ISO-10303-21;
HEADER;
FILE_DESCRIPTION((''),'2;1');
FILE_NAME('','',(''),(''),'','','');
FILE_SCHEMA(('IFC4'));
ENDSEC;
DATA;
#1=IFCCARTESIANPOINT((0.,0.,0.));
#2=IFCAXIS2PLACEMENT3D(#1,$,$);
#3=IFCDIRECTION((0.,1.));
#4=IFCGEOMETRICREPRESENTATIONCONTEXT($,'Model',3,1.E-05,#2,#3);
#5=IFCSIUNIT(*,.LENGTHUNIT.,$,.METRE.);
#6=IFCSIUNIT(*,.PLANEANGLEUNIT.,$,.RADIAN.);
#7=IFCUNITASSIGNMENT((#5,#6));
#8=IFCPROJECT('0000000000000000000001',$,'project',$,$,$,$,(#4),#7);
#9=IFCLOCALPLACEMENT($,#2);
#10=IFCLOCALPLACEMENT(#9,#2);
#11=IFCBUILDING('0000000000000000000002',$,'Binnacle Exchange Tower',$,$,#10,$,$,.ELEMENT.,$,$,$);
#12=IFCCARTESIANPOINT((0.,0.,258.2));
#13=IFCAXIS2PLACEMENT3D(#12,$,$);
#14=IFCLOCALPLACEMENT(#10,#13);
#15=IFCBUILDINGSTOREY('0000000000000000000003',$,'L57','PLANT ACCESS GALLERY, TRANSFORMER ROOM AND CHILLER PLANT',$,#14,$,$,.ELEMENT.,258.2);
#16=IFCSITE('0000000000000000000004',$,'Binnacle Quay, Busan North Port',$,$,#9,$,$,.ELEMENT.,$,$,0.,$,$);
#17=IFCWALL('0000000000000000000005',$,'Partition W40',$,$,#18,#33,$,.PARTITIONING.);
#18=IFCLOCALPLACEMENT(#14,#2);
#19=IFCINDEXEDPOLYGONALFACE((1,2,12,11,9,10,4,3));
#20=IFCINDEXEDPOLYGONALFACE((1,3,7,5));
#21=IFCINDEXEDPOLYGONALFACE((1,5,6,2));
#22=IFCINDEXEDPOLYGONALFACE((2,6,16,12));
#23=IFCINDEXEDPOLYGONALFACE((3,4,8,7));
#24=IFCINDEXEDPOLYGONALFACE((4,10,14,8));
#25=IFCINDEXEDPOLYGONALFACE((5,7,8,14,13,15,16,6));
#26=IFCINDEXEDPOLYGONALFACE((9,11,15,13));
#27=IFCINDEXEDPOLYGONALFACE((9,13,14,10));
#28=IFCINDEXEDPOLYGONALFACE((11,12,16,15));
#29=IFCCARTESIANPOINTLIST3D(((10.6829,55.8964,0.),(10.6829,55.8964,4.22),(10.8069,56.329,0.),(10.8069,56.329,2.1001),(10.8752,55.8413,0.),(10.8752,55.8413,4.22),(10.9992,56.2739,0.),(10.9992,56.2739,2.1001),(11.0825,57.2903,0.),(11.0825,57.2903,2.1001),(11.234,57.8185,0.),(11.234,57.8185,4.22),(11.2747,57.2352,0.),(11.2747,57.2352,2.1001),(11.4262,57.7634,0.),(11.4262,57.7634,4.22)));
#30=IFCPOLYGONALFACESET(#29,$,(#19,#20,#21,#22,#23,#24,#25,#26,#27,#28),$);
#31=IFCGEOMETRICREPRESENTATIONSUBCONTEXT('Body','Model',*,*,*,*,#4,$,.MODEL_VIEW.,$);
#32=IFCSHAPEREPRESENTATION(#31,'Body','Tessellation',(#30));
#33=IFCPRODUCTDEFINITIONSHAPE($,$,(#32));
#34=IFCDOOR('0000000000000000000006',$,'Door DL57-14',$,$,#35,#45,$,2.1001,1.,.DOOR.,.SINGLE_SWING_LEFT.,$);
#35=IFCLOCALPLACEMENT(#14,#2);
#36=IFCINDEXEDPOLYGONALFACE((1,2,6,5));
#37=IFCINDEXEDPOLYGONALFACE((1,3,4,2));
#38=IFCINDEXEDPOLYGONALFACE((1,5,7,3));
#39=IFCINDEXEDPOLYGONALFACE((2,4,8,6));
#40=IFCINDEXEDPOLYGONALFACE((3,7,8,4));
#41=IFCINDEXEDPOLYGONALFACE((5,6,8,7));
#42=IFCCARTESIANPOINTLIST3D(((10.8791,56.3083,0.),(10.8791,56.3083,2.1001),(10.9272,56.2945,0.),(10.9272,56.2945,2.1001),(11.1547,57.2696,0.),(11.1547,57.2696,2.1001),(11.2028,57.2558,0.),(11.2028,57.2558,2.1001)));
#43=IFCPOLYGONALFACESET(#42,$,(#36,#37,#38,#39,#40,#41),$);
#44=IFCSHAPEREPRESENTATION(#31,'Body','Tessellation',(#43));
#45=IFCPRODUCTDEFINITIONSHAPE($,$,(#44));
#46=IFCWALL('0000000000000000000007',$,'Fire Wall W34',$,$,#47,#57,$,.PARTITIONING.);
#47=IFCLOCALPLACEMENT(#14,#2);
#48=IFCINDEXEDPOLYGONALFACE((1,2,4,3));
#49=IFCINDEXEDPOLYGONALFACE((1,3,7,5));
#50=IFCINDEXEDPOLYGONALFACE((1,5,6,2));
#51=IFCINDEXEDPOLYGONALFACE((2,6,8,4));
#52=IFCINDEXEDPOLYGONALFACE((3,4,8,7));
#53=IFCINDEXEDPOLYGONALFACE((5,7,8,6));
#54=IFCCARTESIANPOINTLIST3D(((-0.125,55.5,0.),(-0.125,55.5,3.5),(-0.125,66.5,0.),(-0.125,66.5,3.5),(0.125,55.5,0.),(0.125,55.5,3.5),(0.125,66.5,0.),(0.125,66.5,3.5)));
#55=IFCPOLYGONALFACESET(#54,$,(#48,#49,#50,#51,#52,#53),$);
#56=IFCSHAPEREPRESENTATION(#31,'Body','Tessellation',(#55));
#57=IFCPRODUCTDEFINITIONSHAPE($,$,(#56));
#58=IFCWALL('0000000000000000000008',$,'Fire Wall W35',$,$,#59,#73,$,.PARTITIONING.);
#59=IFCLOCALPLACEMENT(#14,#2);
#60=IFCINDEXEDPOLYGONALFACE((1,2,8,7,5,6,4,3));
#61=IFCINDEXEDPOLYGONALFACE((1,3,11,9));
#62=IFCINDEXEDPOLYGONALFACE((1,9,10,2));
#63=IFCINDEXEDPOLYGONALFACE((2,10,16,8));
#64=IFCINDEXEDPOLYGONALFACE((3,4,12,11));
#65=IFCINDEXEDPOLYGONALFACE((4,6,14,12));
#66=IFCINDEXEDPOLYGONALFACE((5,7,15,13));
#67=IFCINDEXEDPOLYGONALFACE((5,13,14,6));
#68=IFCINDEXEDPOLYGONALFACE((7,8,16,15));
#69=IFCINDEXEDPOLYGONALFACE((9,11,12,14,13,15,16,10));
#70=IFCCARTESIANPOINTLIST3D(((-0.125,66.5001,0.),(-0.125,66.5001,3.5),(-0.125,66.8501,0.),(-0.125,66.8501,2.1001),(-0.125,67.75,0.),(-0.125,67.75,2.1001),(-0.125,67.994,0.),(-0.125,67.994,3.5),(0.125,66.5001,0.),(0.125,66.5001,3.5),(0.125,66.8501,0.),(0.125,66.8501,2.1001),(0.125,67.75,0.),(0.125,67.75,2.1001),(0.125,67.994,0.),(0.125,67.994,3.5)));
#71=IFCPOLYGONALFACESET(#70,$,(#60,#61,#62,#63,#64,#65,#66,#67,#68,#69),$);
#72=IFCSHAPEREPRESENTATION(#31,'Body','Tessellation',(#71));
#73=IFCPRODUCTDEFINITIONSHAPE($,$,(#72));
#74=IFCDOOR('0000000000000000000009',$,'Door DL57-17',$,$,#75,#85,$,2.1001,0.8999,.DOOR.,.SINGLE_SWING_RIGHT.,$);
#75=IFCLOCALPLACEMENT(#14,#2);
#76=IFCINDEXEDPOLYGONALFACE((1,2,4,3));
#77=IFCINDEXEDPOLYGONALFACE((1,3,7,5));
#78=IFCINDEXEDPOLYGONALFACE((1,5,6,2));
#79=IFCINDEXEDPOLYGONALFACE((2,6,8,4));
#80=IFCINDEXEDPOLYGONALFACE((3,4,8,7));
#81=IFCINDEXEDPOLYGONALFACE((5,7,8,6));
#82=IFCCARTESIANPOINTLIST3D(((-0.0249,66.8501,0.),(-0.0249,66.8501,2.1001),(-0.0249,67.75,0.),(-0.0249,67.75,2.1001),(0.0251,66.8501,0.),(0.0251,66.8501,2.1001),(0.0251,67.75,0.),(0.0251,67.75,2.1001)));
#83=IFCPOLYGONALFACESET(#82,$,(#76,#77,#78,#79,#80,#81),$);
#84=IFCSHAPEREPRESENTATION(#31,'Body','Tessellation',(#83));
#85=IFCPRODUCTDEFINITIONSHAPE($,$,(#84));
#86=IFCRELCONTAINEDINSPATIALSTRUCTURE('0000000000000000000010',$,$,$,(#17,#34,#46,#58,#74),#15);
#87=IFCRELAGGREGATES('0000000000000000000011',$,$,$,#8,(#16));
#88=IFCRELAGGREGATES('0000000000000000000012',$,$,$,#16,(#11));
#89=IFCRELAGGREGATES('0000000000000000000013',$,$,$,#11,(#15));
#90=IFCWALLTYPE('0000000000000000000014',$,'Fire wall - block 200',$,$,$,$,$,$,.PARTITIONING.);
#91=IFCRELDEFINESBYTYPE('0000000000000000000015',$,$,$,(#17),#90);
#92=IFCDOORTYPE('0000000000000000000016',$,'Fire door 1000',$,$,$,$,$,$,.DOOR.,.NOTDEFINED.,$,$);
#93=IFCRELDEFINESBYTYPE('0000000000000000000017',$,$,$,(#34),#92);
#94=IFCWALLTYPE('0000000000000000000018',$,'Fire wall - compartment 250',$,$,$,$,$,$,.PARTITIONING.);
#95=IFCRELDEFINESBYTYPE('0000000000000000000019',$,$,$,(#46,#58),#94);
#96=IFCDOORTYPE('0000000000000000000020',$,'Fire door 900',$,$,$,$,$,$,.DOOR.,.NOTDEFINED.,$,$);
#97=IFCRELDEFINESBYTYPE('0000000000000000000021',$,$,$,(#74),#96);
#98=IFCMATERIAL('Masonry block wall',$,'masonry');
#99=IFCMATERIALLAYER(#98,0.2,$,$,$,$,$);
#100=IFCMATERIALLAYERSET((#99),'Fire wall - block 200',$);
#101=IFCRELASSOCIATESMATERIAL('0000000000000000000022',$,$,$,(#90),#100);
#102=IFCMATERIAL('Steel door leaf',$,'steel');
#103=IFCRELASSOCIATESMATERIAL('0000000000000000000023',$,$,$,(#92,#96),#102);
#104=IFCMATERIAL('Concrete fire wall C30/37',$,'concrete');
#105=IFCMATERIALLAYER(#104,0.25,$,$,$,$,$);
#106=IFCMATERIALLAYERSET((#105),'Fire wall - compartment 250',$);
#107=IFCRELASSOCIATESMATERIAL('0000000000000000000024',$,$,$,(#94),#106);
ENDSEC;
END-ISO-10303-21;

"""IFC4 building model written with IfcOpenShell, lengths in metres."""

from ifc_helpers import new_model, si_unit, direction, frame, frame_2d, origin, place, context, subcontext, project, spatial, rectangle, extrude, material, layer, layer_set, type_object, element, fill, save


model = new_model("IFC4")

# Units and contexts
model_context = context("Model", 3, precision=1e-05, world=origin(), true_north=direction((0.0, 1.0)))
body_context = subcontext(model_context, "Body", "Model", "MODEL_VIEW")
ifc_project = project(units=[si_unit("LENGTHUNIT", "METRE"), si_unit("PLANEANGLEUNIT", "RADIAN")], contexts=[model_context])

# Site, building, storey
site_placement = place(None, origin())
site = spatial("IfcSite", under=ifc_project, at=site_placement, Name="Binnacle Quay, Busan North Port", CompositionType="ELEMENT", RefElevation=0.0)
building_placement = place(site_placement, origin())
building = spatial("IfcBuilding", under=site, at=building_placement, Name="Binnacle Exchange Tower", CompositionType="ELEMENT")
storey_placement = place(building_placement, frame((0.0, 0.0, 258.2)))
storey = spatial("IfcBuildingStorey", under=building, at=storey_placement, Name="L57", Description="PLANT ACCESS GALLERY, TRANSFORMER ROOM AND CHILLER PLANT", CompositionType="ELEMENT", Elevation=258.2)

# Shared definitions
ifc_material_1 = material(Name="Masonry block wall", Category="masonry")
ifc_layer_1 = layer(ifc_material_1, 0.2)
ifc_layer_set_1 = layer_set([ifc_layer_1], Name="Fire wall - block 200")
wall_type_1 = type_object("IfcWallType", Name="Fire wall - block 200", PredefinedType="PARTITIONING", material=ifc_layer_set_1)

# Wall, opening, door
wall_1_placement = place(storey_placement, frame((10.7791, 55.8689, 0.0), z_axis=(0.0, 0.0, 1.0), x_axis=(0.275576, 0.961279, 0.0)))
wall_1 = element("IfcWall", 1, at=wall_1_placement, inside=storey, type_object=wall_type_1, Name="Partition W40", PredefinedType="PARTITIONING", context=body_context, shape_type="SweptSolid", body=[
    extrude(rectangle(XDim=1.9995, YDim=0.2, at=frame_2d((0.9998, 0.0))), origin(), (0.0, 0.0, 1.0), 4.22),
])
opening_1_placement = place(wall_1_placement, frame((0.45, 0.0, 0.0)))
opening_1 = element("IfcOpeningElement", 2, at=opening_1_placement, cuts=wall_1, PredefinedType="OPENING", context=body_context, shape_type="SweptSolid", body=[
    extrude(rectangle(XDim=1.0, YDim=2.1001, at=frame_2d((0.5, 1.05))), frame((0.0, 0.1099, 0.0), z_axis=(0.0, -1.0, 0.0), x_axis=(1.0, 0.0, 0.0)), (0.0, 0.0, 1.0), 0.22),
])
ifc_material_2 = material(Name="Steel door leaf", Category="steel")
door_type_1 = type_object("IfcDoorType", Name="Fire door 1000", OperationType="NOTDEFINED", PredefinedType="DOOR", material=ifc_material_2)
door_1_placement = place(opening_1_placement, origin())
door_1 = element("IfcDoor", 3, at=door_1_placement, inside=storey, type_object=door_type_1, Name="Door DL57-14", OperationType="SINGLE_SWING_LEFT", OverallHeight=2.1001, OverallWidth=1.0, PredefinedType="DOOR", context=body_context, shape_type="SweptSolid", body=[
    extrude(rectangle(XDim=1.0, YDim=2.1001, at=frame_2d((0.5, 1.05))), frame((0.0, 0.0249, 0.0), z_axis=(0.0, -1.0, 0.0), x_axis=(1.0, 0.0, 0.0)), (0.0, 0.0, 1.0), 0.05),
])
fill(opening_1, door_1)

# Wall
ifc_material_3 = material(Name="Concrete fire wall C30/37", Category="concrete")
ifc_layer_2 = layer(ifc_material_3, 0.25)
ifc_layer_set_2 = layer_set([ifc_layer_2], Name="Fire wall - compartment 250")
wall_type_2 = type_object("IfcWallType", Name="Fire wall - compartment 250", PredefinedType="PARTITIONING", material=ifc_layer_set_2)
wall_2_placement = place(storey_placement, frame((0.0, 55.5, 0.0), z_axis=(0.0, 0.0, 1.0), x_axis=(0.0, 1.0, 0.0)))
element("IfcWall", 4, at=wall_2_placement, inside=storey, type_object=wall_type_2, Name="Fire Wall W34", PredefinedType="PARTITIONING", context=body_context, shape_type="SweptSolid", body=[
    extrude(rectangle(XDim=11.0, YDim=0.25, at=frame_2d((5.5, 0.0))), origin(), (0.0, 0.0, 1.0), 3.5),
])

# Wall, opening, door
wall_3_placement = place(storey_placement, frame((0.0, 66.5, 0.0), z_axis=(0.0, 0.0, 1.0), x_axis=(0.0, 1.0, 0.0)))
wall_3 = element("IfcWall", 5, at=wall_3_placement, inside=storey, type_object=wall_type_2, Name="Fire Wall W35", PredefinedType="PARTITIONING", context=body_context, shape_type="SweptSolid", body=[
    extrude(rectangle(XDim=1.4939, YDim=0.25, at=frame_2d((0.7471, 0.0))), origin(), (0.0, 0.0, 1.0), 3.5),
])
opening_2_placement = place(wall_3_placement, frame((0.3501, 0.0, 0.0)))
opening_2 = element("IfcOpeningElement", 6, at=opening_2_placement, cuts=wall_3, PredefinedType="OPENING", context=body_context, shape_type="SweptSolid", body=[
    extrude(rectangle(XDim=0.8999, YDim=2.1001, at=frame_2d((0.45, 1.05))), frame((0.0, 0.135, 0.0), z_axis=(0.0, -1.0, 0.0), x_axis=(1.0, 0.0, 0.0)), (0.0, 0.0, 1.0), 0.27),
])
door_type_2 = type_object("IfcDoorType", Name="Fire door 900", OperationType="NOTDEFINED", PredefinedType="DOOR", material=ifc_material_2)
door_2_placement = place(opening_2_placement, origin())
door_2 = element("IfcDoor", 7, at=door_2_placement, inside=storey, type_object=door_type_2, Name="Door DL57-17", OperationType="SINGLE_SWING_RIGHT", OverallHeight=2.1001, OverallWidth=0.8999, PredefinedType="DOOR", context=body_context, shape_type="SweptSolid", body=[
    extrude(rectangle(XDim=0.8999, YDim=2.1001, at=frame_2d((0.45, 1.05))), frame((0.0, 0.0249, 0.0), z_axis=(0.0, -1.0, 0.0), x_axis=(1.0, 0.0, 0.0)), (0.0, 0.0, 1.0), 0.05),
])
fill(opening_2, door_2)

save(model, "model.ifc")
